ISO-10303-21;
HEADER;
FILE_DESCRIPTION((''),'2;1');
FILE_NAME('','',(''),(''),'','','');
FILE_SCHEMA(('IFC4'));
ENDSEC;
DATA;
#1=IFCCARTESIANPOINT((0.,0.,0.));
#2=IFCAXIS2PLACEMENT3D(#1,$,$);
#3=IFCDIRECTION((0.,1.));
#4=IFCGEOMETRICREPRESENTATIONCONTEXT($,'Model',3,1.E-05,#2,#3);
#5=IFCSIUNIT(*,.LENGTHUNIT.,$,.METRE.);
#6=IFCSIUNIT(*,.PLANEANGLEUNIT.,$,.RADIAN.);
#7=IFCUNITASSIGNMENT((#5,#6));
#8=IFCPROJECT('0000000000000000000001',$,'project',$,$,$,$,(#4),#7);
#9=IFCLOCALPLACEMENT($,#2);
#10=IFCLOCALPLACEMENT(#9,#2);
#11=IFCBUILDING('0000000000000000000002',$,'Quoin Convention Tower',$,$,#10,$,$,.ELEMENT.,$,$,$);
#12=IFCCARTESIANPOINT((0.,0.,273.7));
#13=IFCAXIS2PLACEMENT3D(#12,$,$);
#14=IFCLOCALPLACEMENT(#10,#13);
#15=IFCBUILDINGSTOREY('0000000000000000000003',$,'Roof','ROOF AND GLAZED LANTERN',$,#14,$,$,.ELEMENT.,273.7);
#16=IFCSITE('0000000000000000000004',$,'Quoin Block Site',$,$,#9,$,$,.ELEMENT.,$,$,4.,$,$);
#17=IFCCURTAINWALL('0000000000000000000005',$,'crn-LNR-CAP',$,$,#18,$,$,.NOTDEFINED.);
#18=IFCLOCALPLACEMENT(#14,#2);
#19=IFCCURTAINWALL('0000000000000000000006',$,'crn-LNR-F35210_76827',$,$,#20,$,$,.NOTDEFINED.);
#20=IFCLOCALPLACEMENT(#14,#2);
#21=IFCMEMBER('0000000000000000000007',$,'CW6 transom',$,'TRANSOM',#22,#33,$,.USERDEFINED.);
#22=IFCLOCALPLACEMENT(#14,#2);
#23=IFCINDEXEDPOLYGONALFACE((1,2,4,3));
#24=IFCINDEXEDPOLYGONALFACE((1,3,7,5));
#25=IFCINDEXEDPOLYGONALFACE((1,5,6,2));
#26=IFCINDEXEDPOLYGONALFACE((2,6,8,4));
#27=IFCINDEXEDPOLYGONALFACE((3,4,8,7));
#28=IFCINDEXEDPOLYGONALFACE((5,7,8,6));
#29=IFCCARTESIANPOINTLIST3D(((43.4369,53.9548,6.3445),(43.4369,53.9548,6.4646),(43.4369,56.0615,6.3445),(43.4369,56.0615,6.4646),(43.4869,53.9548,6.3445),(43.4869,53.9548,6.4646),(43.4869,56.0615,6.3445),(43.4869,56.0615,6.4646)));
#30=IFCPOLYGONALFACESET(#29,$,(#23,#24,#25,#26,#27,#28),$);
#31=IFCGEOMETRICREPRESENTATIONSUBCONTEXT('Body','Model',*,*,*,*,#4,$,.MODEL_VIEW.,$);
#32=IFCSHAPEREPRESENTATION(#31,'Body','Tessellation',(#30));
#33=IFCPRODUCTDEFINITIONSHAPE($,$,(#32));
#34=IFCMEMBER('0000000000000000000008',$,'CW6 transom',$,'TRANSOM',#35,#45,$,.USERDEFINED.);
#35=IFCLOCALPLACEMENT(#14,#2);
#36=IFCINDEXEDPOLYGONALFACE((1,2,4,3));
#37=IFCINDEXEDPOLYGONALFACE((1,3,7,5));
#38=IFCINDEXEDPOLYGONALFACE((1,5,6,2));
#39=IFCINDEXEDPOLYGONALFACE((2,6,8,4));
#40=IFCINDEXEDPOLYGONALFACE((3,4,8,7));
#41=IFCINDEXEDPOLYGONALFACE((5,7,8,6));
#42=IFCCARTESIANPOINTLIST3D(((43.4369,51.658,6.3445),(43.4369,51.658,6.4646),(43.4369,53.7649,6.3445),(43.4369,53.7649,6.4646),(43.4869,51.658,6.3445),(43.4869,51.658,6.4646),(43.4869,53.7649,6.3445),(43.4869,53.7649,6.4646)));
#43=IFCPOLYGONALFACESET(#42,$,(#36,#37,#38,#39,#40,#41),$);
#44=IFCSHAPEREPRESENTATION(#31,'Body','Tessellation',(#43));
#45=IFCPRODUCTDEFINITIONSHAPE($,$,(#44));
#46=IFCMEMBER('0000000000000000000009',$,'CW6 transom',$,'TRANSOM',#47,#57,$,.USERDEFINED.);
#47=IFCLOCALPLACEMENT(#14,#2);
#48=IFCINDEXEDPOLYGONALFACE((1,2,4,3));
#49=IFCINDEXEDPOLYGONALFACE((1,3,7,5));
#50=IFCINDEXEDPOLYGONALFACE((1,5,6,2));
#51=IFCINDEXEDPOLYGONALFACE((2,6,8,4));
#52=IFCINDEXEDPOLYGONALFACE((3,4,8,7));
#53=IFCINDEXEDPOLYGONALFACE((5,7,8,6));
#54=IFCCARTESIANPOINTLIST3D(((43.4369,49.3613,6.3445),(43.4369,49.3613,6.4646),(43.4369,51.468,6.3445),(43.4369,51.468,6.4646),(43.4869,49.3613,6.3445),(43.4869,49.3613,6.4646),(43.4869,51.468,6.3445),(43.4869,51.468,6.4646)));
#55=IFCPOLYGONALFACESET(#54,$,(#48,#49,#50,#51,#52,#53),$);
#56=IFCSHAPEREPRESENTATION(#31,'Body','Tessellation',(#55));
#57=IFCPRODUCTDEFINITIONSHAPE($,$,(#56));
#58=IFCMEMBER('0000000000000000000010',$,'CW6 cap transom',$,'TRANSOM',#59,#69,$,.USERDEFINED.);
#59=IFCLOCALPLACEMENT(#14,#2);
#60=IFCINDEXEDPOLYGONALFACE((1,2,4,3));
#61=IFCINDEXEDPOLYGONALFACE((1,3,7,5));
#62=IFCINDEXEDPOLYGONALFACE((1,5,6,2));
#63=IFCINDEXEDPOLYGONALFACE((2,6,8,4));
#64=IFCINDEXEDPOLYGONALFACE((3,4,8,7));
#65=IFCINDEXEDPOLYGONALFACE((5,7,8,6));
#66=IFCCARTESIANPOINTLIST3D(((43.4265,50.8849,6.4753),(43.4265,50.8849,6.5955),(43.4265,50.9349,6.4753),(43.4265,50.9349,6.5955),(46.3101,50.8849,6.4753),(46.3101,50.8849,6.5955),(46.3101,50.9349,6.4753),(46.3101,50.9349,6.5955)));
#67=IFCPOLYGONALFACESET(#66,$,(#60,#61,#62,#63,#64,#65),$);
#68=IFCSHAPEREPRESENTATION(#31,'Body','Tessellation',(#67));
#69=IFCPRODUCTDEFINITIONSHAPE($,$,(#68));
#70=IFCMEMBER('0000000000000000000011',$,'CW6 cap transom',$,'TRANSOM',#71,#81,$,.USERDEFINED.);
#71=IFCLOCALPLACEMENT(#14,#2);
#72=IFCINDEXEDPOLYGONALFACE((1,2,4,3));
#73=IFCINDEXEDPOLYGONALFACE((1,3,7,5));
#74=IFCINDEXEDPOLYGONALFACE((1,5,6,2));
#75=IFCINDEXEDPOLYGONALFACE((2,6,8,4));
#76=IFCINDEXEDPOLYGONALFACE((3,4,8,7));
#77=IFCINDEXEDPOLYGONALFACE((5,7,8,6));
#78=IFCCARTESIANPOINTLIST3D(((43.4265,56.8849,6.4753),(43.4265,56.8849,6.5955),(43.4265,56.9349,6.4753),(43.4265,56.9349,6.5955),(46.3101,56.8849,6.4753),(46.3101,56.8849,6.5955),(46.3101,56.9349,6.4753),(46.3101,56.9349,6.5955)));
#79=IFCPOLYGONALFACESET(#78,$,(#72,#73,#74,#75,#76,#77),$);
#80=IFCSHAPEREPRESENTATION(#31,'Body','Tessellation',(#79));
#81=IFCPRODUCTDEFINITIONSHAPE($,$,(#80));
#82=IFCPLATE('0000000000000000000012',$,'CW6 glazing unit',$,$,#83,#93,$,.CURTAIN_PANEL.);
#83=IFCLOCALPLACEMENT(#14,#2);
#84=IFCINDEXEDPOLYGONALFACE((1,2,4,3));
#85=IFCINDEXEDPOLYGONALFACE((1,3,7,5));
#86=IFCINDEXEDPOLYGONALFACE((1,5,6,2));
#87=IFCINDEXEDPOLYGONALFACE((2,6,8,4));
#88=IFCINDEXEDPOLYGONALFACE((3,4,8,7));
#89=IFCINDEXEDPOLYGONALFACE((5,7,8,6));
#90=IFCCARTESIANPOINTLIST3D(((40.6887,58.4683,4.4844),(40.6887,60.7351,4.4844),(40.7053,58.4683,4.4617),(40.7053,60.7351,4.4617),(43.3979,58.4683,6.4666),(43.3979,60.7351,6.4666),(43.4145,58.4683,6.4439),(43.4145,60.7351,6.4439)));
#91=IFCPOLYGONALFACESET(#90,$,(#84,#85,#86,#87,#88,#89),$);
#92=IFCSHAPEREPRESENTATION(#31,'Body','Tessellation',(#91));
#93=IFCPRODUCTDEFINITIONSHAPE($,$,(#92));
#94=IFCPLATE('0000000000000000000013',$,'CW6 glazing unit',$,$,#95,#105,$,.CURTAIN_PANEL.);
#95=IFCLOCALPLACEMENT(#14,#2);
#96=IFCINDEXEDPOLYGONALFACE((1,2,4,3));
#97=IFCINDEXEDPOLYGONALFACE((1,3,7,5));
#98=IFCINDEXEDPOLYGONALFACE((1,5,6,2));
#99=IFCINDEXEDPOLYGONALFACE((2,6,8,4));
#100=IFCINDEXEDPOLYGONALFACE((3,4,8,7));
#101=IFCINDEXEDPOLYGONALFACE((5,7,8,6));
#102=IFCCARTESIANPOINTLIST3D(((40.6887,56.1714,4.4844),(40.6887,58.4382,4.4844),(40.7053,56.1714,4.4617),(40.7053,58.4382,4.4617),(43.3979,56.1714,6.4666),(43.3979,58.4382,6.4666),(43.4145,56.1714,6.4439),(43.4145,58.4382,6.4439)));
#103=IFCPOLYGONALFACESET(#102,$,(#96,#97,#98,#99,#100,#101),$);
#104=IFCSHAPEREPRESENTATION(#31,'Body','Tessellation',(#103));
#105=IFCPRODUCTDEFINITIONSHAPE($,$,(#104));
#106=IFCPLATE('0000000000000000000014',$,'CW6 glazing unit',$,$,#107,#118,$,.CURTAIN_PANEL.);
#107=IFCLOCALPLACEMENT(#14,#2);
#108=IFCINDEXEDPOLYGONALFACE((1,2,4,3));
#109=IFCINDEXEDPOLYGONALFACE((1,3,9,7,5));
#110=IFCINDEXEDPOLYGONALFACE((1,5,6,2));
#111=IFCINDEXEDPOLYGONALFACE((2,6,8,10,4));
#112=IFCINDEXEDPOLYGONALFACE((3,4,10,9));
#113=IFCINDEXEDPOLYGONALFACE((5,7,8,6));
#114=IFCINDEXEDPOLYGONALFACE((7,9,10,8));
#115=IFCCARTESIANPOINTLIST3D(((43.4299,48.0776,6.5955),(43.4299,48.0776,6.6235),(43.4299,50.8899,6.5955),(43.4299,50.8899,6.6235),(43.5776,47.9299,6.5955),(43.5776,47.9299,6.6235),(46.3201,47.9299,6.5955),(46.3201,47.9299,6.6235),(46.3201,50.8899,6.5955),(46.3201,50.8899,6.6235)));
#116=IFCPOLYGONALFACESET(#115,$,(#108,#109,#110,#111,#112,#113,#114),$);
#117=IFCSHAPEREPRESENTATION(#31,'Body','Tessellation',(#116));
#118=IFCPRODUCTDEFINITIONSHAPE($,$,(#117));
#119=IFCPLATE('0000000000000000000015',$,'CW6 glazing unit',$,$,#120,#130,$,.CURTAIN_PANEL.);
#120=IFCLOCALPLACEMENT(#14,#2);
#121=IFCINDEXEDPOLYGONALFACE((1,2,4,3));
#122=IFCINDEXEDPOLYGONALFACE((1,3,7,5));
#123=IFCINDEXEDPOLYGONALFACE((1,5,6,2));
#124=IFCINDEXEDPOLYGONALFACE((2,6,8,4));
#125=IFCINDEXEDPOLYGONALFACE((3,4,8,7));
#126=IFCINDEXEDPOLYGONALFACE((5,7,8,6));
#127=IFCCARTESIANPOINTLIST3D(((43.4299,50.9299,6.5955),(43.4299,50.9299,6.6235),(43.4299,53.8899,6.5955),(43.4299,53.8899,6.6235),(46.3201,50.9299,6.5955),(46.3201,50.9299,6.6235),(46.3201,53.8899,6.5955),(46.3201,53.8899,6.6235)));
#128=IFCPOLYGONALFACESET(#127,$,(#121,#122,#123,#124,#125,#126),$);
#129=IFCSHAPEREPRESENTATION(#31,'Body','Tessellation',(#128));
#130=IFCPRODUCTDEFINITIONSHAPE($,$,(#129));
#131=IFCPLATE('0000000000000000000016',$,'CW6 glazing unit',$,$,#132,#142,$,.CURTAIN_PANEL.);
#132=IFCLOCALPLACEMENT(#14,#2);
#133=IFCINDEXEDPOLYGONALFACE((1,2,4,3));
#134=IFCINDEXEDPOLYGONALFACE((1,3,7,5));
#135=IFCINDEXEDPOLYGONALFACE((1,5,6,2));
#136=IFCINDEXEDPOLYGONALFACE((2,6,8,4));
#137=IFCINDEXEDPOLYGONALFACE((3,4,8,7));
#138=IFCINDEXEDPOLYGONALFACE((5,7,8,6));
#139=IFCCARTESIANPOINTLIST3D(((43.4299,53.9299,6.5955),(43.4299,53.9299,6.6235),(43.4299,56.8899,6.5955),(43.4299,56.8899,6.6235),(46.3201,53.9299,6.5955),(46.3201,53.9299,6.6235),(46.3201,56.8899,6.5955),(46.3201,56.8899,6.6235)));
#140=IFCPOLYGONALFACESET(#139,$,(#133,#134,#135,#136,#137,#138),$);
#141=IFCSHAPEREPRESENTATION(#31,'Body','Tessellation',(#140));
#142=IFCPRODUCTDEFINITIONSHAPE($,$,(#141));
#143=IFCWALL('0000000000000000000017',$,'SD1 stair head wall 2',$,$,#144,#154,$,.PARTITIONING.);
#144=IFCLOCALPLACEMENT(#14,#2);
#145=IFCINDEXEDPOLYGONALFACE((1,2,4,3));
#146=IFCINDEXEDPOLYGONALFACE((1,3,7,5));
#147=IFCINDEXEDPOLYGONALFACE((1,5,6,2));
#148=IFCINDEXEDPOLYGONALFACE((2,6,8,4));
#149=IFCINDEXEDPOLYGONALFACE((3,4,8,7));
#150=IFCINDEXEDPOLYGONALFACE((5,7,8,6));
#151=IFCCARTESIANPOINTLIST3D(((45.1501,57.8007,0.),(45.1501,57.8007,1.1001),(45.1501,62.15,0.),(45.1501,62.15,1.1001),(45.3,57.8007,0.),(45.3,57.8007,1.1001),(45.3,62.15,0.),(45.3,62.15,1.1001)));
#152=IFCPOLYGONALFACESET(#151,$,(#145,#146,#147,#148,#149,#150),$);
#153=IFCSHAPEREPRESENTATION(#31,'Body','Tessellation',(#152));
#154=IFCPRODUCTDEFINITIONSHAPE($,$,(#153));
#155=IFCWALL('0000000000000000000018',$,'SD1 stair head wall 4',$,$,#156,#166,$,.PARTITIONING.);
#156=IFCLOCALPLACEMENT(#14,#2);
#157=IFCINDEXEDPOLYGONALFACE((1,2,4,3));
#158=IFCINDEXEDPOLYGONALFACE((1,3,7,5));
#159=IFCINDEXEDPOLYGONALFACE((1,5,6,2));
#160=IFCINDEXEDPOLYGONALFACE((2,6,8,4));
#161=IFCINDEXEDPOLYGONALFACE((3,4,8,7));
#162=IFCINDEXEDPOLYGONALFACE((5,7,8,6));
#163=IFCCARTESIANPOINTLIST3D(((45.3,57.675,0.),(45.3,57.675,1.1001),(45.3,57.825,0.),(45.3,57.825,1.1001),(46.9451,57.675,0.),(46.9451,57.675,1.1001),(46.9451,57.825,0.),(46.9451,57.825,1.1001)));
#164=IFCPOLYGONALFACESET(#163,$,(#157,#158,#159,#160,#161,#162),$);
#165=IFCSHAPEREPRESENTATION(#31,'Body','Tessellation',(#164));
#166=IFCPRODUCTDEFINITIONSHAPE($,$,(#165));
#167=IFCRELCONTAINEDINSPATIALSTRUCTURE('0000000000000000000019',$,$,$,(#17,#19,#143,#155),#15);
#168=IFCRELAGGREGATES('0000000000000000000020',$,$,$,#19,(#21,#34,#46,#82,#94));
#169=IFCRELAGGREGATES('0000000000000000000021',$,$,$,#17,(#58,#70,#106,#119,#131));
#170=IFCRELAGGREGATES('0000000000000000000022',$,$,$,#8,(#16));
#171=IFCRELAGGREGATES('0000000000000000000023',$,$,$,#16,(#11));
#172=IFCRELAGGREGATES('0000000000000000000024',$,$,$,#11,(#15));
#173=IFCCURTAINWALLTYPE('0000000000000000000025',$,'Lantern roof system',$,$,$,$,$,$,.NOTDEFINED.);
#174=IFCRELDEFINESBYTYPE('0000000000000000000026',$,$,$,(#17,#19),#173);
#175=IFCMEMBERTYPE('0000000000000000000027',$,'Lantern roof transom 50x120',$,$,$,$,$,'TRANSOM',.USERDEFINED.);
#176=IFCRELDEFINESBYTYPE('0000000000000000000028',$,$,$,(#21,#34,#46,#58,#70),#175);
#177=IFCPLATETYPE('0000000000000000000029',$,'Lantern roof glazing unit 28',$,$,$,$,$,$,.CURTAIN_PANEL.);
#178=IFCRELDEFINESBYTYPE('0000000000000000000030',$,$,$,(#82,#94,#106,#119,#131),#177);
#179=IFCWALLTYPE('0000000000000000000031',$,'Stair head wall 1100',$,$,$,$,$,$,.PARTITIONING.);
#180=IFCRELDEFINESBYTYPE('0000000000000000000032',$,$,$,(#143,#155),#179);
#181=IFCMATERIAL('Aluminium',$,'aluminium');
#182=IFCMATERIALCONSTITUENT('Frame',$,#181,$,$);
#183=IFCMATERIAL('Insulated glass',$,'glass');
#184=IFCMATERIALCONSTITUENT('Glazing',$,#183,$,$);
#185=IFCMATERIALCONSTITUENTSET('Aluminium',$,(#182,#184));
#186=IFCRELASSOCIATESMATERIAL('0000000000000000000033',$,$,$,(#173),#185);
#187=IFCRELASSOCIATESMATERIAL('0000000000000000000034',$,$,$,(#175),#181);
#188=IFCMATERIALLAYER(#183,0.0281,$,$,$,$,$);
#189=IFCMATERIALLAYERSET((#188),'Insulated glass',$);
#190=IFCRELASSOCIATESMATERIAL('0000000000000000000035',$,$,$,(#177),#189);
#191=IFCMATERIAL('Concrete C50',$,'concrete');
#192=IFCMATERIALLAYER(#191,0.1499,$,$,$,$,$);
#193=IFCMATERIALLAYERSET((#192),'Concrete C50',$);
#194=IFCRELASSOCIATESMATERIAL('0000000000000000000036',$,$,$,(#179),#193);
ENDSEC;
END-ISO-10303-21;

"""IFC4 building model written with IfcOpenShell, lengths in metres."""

from ifc_helpers import new_model, si_unit, direction, frame, frame_2d, origin, origin_2d, place, context, subcontext, project, spatial, polyline, rectangle, outline, extrude, material, layer, layer_set, constituent, constituent_set, material_profile, profile_set, type_object, element, aggregate, save


model = new_model("IFC4")

# Units and contexts
model_context = context("Model", 3, precision=1e-05, world=origin(), true_north=direction((0.0, 1.0)))
body_context = subcontext(model_context, "Body", "Model", "MODEL_VIEW")
ifc_project = project(units=[si_unit("LENGTHUNIT", "METRE"), si_unit("PLANEANGLEUNIT", "RADIAN")], contexts=[model_context])

# Site, building, storey
site_placement = place(None, origin())
site = spatial("IfcSite", under=ifc_project, at=site_placement, Name="Quoin Block Site", CompositionType="ELEMENT", RefElevation=4.0)
building_placement = place(site_placement, origin())
building = spatial("IfcBuilding", under=site, at=building_placement, Name="Quoin Convention Tower", CompositionType="ELEMENT")
storey_placement = place(building_placement, frame((0.0, 0.0, 273.7)))
storey = spatial("IfcBuildingStorey", under=building, at=storey_placement, Name="Roof", Description="ROOF AND GLAZED LANTERN", CompositionType="ELEMENT", Elevation=273.7)

# Curtain walls, members
ifc_material_1 = material(Name="Aluminium", Category="aluminium")
ifc_constituent_1 = constituent(ifc_material_1, Name="Frame")
ifc_material_2 = material(Name="Insulated glass", Category="glass")
ifc_constituent_2 = constituent(ifc_material_2, Name="Glazing")
ifc_constituent_set = constituent_set(constituents=[ifc_constituent_1, ifc_constituent_2], Name="Aluminium")
curtain_wall_type = type_object("IfcCurtainWallType", Name="Lantern roof system", PredefinedType="NOTDEFINED", material=ifc_constituent_set)
curtain_wall_1_placement = place(storey_placement, origin())
curtain_wall_1 = element("IfcCurtainWall", 1, at=curtain_wall_1_placement, inside=storey, type_object=curtain_wall_type, Name="crn-LNR-CAP", PredefinedType="NOTDEFINED")
curtain_wall_2_placement = place(storey_placement, origin())
curtain_wall_2 = element("IfcCurtainWall", 2, at=curtain_wall_2_placement, inside=storey, type_object=curtain_wall_type, Name="crn-LNR-F35210_76827", PredefinedType="NOTDEFINED")
ifc_material_profile_1 = material_profile(ifc_material_1, rectangle(XDim=0.1201, YDim=0.05, at=origin_2d()), Name="Lantern roof transom 50x120")
ifc_profile_set_1 = profile_set([ifc_material_profile_1], Name="Aluminium")
member_type_1 = type_object("IfcMemberType", Name="Lantern roof transom 50x120", ElementType="TRANSOM", PredefinedType="USERDEFINED", material=ifc_profile_set_1)
member_1_placement = place(storey_placement, frame((43.4619, 56.0615, 6.4045), z_axis=(0.0, -1.0, 0.0), x_axis=(0.0, 0.0, 1.0)))
member_1 = element("IfcMember", 3, at=member_1_placement, type_object=member_type_1, Name="CW6 transom", ObjectType="TRANSOM", PredefinedType="USERDEFINED", context=body_context, shape_type="SweptSolid", body=[
    extrude(rectangle(XDim=0.1201, YDim=0.05, at=origin_2d()), origin(), (0.0, 0.0, 1.0), 2.1067),
])
member_2_placement = place(storey_placement, frame((43.4619, 53.7649, 6.4045), z_axis=(0.0, -1.0, 0.0), x_axis=(0.0, 0.0, 1.0)))
member_2 = element("IfcMember", 4, at=member_2_placement, type_object=member_type_1, Name="CW6 transom", ObjectType="TRANSOM", PredefinedType="USERDEFINED", context=body_context, shape_type="SweptSolid", body=[
    extrude(rectangle(XDim=0.1201, YDim=0.05, at=origin_2d()), origin(), (0.0, 0.0, 1.0), 2.1069),
])
member_3_placement = place(storey_placement, frame((43.4619, 51.468, 6.4045), z_axis=(0.0, -1.0, 0.0), x_axis=(0.0, 0.0, 1.0)))
member_3 = element("IfcMember", 5, at=member_3_placement, type_object=member_type_1, Name="CW6 transom", ObjectType="TRANSOM", PredefinedType="USERDEFINED", context=body_context, shape_type="SweptSolid", body=[
    extrude(rectangle(XDim=0.1201, YDim=0.05, at=origin_2d()), origin(), (0.0, 0.0, 1.0), 2.1067),
])

# Members
member_4_placement = place(storey_placement, frame((43.4265, 50.9099, 6.5354), z_axis=(1.0, 0.0, 0.0), x_axis=(0.0, 0.0, 1.0)))
member_4 = element("IfcMember", 6, at=member_4_placement, type_object=member_type_1, Name="CW6 cap transom", ObjectType="TRANSOM", PredefinedType="USERDEFINED", context=body_context, shape_type="SweptSolid", body=[
    extrude(rectangle(XDim=0.1201, YDim=0.05, at=origin_2d()), origin(), (0.0, 0.0, 1.0), 2.8835),
])
member_5_placement = place(storey_placement, frame((43.4265, 56.9099, 6.5354), z_axis=(1.0, 0.0, 0.0), x_axis=(0.0, 0.0, 1.0)))
member_5 = element("IfcMember", 7, at=member_5_placement, type_object=member_type_1, Name="CW6 cap transom", ObjectType="TRANSOM", PredefinedType="USERDEFINED", context=body_context, shape_type="SweptSolid", body=[
    extrude(rectangle(XDim=0.1201, YDim=0.05, at=origin_2d()), origin(), (0.0, 0.0, 1.0), 2.8835),
])

# Plates
ifc_layer_1 = layer(ifc_material_2, 0.0281)
ifc_layer_set_1 = layer_set([ifc_layer_1], Name="Insulated glass")
plate_type = type_object("IfcPlateType", Name="Lantern roof glazing unit 28", PredefinedType="CURTAIN_PANEL", material=ifc_layer_set_1)
plate_1_placement = place(storey_placement, frame((40.6887, 58.4683, 4.4844), z_axis=(-0.590474, 0.0, 0.807057), x_axis=(0.0, 1.0, 0.0)))
plate_1 = element("IfcPlate", 8, at=plate_1_placement, type_object=plate_type, Name="CW6 glazing unit", PredefinedType="CURTAIN_PANEL", context=body_context, shape_type="SweptSolid", body=[
    extrude(outline(polyline([(0.0, 0.0), (2.2668, 0.0), (2.2668, -3.3569), (0.0, -3.3569), (0.0, 0.0)])), origin(), (0.0, 0.0, -1.0), 0.0281),
])
plate_2_placement = place(storey_placement, frame((40.6887, 56.1714, 4.4844), z_axis=(-0.590474, 0.0, 0.807057), x_axis=(0.0, 1.0, 0.0)))
plate_2 = element("IfcPlate", 9, at=plate_2_placement, type_object=plate_type, Name="CW6 glazing unit", PredefinedType="CURTAIN_PANEL", context=body_context, shape_type="SweptSolid", body=[
    extrude(outline(polyline([(0.0, 0.0), (2.2668, 0.0), (2.2668, -3.3569), (0.0, -3.3569), (0.0, 0.0)])), origin(), (0.0, 0.0, -1.0), 0.0281),
])
aggregate(curtain_wall_2, [member_1, member_2, member_3, plate_1, plate_2])
plate_3_placement = place(storey_placement, frame((46.3201, 50.8899, 6.6235), z_axis=(0.0, 0.0, 1.0), x_axis=(0.0, -1.0, 0.0)))
plate_3 = element("IfcPlate", 10, at=plate_3_placement, type_object=plate_type, Name="CW6 glazing unit", PredefinedType="CURTAIN_PANEL", context=body_context, shape_type="SweptSolid", body=[
    extrude(outline(polyline([(0.0, 0.0), (2.96, 0.0), (2.96, -2.7424), (2.8123, -2.8901), (0.0, -2.8901), (0.0, 0.0)])), origin(), (0.0, 0.0, -1.0), 0.0281),
])
plate_4_placement = place(storey_placement, frame((46.3201, 53.8899, 6.6235), z_axis=(0.0, 0.0, 1.0), x_axis=(0.0, -1.0, 0.0)))
plate_4 = element("IfcPlate", 11, at=plate_4_placement, type_object=plate_type, Name="CW6 glazing unit", PredefinedType="CURTAIN_PANEL", context=body_context, shape_type="SweptSolid", body=[
    extrude(outline(polyline([(0.0, 0.0), (2.96, 0.0), (2.96, -2.8901), (0.0, -2.8901), (0.0, 0.0)])), origin(), (0.0, 0.0, -1.0), 0.0281),
])
plate_5_placement = place(storey_placement, frame((46.3201, 56.8899, 6.6235), z_axis=(0.0, 0.0, 1.0), x_axis=(0.0, -1.0, 0.0)))
plate_5 = element("IfcPlate", 12, at=plate_5_placement, type_object=plate_type, Name="CW6 glazing unit", PredefinedType="CURTAIN_PANEL", context=body_context, shape_type="SweptSolid", body=[
    extrude(outline(polyline([(0.0, 0.0), (2.96, 0.0), (2.96, -2.8901), (0.0, -2.8901), (0.0, 0.0)])), origin(), (0.0, 0.0, -1.0), 0.0281),
])
aggregate(curtain_wall_1, [member_4, member_5, plate_3, plate_4, plate_5])

# Walls
ifc_material_3 = material(Name="Concrete C50", Category="concrete")
ifc_layer_2 = layer(ifc_material_3, 0.1499)
ifc_layer_set_2 = layer_set([ifc_layer_2], Name="Concrete C50")
wall_type = type_object("IfcWallType", Name="Stair head wall 1100", PredefinedType="PARTITIONING", material=ifc_layer_set_2)
wall_1_placement = place(storey_placement, frame((45.2251, 57.8005, 0.0), z_axis=(0.0, 0.0, 1.0), x_axis=(0.0, 1.0, 0.0)))
element("IfcWall", 13, at=wall_1_placement, inside=storey, type_object=wall_type, Name="SD1 stair head wall 2", PredefinedType="PARTITIONING", context=body_context, shape_type="SweptSolid", body=[
    extrude(rectangle(XDim=4.3494, YDim=0.1499, at=frame_2d((2.1748, 0.0))), origin(), (0.0, 0.0, 1.0), 1.1001),
])
wall_2_placement = place(storey_placement, frame((45.3, 57.75, 0.0), z_axis=(0.0, 0.0, 1.0), x_axis=(1.0, 0.0, 0.0)))
element("IfcWall", 14, at=wall_2_placement, inside=storey, type_object=wall_type, Name="SD1 stair head wall 4", PredefinedType="PARTITIONING", context=body_context, shape_type="SweptSolid", body=[
    extrude(rectangle(XDim=1.645, YDim=0.1499, at=frame_2d((0.8225, 0.0))), origin(), (0.0, 0.0, 1.0), 1.1001),
])

save(model, "model.ifc")
